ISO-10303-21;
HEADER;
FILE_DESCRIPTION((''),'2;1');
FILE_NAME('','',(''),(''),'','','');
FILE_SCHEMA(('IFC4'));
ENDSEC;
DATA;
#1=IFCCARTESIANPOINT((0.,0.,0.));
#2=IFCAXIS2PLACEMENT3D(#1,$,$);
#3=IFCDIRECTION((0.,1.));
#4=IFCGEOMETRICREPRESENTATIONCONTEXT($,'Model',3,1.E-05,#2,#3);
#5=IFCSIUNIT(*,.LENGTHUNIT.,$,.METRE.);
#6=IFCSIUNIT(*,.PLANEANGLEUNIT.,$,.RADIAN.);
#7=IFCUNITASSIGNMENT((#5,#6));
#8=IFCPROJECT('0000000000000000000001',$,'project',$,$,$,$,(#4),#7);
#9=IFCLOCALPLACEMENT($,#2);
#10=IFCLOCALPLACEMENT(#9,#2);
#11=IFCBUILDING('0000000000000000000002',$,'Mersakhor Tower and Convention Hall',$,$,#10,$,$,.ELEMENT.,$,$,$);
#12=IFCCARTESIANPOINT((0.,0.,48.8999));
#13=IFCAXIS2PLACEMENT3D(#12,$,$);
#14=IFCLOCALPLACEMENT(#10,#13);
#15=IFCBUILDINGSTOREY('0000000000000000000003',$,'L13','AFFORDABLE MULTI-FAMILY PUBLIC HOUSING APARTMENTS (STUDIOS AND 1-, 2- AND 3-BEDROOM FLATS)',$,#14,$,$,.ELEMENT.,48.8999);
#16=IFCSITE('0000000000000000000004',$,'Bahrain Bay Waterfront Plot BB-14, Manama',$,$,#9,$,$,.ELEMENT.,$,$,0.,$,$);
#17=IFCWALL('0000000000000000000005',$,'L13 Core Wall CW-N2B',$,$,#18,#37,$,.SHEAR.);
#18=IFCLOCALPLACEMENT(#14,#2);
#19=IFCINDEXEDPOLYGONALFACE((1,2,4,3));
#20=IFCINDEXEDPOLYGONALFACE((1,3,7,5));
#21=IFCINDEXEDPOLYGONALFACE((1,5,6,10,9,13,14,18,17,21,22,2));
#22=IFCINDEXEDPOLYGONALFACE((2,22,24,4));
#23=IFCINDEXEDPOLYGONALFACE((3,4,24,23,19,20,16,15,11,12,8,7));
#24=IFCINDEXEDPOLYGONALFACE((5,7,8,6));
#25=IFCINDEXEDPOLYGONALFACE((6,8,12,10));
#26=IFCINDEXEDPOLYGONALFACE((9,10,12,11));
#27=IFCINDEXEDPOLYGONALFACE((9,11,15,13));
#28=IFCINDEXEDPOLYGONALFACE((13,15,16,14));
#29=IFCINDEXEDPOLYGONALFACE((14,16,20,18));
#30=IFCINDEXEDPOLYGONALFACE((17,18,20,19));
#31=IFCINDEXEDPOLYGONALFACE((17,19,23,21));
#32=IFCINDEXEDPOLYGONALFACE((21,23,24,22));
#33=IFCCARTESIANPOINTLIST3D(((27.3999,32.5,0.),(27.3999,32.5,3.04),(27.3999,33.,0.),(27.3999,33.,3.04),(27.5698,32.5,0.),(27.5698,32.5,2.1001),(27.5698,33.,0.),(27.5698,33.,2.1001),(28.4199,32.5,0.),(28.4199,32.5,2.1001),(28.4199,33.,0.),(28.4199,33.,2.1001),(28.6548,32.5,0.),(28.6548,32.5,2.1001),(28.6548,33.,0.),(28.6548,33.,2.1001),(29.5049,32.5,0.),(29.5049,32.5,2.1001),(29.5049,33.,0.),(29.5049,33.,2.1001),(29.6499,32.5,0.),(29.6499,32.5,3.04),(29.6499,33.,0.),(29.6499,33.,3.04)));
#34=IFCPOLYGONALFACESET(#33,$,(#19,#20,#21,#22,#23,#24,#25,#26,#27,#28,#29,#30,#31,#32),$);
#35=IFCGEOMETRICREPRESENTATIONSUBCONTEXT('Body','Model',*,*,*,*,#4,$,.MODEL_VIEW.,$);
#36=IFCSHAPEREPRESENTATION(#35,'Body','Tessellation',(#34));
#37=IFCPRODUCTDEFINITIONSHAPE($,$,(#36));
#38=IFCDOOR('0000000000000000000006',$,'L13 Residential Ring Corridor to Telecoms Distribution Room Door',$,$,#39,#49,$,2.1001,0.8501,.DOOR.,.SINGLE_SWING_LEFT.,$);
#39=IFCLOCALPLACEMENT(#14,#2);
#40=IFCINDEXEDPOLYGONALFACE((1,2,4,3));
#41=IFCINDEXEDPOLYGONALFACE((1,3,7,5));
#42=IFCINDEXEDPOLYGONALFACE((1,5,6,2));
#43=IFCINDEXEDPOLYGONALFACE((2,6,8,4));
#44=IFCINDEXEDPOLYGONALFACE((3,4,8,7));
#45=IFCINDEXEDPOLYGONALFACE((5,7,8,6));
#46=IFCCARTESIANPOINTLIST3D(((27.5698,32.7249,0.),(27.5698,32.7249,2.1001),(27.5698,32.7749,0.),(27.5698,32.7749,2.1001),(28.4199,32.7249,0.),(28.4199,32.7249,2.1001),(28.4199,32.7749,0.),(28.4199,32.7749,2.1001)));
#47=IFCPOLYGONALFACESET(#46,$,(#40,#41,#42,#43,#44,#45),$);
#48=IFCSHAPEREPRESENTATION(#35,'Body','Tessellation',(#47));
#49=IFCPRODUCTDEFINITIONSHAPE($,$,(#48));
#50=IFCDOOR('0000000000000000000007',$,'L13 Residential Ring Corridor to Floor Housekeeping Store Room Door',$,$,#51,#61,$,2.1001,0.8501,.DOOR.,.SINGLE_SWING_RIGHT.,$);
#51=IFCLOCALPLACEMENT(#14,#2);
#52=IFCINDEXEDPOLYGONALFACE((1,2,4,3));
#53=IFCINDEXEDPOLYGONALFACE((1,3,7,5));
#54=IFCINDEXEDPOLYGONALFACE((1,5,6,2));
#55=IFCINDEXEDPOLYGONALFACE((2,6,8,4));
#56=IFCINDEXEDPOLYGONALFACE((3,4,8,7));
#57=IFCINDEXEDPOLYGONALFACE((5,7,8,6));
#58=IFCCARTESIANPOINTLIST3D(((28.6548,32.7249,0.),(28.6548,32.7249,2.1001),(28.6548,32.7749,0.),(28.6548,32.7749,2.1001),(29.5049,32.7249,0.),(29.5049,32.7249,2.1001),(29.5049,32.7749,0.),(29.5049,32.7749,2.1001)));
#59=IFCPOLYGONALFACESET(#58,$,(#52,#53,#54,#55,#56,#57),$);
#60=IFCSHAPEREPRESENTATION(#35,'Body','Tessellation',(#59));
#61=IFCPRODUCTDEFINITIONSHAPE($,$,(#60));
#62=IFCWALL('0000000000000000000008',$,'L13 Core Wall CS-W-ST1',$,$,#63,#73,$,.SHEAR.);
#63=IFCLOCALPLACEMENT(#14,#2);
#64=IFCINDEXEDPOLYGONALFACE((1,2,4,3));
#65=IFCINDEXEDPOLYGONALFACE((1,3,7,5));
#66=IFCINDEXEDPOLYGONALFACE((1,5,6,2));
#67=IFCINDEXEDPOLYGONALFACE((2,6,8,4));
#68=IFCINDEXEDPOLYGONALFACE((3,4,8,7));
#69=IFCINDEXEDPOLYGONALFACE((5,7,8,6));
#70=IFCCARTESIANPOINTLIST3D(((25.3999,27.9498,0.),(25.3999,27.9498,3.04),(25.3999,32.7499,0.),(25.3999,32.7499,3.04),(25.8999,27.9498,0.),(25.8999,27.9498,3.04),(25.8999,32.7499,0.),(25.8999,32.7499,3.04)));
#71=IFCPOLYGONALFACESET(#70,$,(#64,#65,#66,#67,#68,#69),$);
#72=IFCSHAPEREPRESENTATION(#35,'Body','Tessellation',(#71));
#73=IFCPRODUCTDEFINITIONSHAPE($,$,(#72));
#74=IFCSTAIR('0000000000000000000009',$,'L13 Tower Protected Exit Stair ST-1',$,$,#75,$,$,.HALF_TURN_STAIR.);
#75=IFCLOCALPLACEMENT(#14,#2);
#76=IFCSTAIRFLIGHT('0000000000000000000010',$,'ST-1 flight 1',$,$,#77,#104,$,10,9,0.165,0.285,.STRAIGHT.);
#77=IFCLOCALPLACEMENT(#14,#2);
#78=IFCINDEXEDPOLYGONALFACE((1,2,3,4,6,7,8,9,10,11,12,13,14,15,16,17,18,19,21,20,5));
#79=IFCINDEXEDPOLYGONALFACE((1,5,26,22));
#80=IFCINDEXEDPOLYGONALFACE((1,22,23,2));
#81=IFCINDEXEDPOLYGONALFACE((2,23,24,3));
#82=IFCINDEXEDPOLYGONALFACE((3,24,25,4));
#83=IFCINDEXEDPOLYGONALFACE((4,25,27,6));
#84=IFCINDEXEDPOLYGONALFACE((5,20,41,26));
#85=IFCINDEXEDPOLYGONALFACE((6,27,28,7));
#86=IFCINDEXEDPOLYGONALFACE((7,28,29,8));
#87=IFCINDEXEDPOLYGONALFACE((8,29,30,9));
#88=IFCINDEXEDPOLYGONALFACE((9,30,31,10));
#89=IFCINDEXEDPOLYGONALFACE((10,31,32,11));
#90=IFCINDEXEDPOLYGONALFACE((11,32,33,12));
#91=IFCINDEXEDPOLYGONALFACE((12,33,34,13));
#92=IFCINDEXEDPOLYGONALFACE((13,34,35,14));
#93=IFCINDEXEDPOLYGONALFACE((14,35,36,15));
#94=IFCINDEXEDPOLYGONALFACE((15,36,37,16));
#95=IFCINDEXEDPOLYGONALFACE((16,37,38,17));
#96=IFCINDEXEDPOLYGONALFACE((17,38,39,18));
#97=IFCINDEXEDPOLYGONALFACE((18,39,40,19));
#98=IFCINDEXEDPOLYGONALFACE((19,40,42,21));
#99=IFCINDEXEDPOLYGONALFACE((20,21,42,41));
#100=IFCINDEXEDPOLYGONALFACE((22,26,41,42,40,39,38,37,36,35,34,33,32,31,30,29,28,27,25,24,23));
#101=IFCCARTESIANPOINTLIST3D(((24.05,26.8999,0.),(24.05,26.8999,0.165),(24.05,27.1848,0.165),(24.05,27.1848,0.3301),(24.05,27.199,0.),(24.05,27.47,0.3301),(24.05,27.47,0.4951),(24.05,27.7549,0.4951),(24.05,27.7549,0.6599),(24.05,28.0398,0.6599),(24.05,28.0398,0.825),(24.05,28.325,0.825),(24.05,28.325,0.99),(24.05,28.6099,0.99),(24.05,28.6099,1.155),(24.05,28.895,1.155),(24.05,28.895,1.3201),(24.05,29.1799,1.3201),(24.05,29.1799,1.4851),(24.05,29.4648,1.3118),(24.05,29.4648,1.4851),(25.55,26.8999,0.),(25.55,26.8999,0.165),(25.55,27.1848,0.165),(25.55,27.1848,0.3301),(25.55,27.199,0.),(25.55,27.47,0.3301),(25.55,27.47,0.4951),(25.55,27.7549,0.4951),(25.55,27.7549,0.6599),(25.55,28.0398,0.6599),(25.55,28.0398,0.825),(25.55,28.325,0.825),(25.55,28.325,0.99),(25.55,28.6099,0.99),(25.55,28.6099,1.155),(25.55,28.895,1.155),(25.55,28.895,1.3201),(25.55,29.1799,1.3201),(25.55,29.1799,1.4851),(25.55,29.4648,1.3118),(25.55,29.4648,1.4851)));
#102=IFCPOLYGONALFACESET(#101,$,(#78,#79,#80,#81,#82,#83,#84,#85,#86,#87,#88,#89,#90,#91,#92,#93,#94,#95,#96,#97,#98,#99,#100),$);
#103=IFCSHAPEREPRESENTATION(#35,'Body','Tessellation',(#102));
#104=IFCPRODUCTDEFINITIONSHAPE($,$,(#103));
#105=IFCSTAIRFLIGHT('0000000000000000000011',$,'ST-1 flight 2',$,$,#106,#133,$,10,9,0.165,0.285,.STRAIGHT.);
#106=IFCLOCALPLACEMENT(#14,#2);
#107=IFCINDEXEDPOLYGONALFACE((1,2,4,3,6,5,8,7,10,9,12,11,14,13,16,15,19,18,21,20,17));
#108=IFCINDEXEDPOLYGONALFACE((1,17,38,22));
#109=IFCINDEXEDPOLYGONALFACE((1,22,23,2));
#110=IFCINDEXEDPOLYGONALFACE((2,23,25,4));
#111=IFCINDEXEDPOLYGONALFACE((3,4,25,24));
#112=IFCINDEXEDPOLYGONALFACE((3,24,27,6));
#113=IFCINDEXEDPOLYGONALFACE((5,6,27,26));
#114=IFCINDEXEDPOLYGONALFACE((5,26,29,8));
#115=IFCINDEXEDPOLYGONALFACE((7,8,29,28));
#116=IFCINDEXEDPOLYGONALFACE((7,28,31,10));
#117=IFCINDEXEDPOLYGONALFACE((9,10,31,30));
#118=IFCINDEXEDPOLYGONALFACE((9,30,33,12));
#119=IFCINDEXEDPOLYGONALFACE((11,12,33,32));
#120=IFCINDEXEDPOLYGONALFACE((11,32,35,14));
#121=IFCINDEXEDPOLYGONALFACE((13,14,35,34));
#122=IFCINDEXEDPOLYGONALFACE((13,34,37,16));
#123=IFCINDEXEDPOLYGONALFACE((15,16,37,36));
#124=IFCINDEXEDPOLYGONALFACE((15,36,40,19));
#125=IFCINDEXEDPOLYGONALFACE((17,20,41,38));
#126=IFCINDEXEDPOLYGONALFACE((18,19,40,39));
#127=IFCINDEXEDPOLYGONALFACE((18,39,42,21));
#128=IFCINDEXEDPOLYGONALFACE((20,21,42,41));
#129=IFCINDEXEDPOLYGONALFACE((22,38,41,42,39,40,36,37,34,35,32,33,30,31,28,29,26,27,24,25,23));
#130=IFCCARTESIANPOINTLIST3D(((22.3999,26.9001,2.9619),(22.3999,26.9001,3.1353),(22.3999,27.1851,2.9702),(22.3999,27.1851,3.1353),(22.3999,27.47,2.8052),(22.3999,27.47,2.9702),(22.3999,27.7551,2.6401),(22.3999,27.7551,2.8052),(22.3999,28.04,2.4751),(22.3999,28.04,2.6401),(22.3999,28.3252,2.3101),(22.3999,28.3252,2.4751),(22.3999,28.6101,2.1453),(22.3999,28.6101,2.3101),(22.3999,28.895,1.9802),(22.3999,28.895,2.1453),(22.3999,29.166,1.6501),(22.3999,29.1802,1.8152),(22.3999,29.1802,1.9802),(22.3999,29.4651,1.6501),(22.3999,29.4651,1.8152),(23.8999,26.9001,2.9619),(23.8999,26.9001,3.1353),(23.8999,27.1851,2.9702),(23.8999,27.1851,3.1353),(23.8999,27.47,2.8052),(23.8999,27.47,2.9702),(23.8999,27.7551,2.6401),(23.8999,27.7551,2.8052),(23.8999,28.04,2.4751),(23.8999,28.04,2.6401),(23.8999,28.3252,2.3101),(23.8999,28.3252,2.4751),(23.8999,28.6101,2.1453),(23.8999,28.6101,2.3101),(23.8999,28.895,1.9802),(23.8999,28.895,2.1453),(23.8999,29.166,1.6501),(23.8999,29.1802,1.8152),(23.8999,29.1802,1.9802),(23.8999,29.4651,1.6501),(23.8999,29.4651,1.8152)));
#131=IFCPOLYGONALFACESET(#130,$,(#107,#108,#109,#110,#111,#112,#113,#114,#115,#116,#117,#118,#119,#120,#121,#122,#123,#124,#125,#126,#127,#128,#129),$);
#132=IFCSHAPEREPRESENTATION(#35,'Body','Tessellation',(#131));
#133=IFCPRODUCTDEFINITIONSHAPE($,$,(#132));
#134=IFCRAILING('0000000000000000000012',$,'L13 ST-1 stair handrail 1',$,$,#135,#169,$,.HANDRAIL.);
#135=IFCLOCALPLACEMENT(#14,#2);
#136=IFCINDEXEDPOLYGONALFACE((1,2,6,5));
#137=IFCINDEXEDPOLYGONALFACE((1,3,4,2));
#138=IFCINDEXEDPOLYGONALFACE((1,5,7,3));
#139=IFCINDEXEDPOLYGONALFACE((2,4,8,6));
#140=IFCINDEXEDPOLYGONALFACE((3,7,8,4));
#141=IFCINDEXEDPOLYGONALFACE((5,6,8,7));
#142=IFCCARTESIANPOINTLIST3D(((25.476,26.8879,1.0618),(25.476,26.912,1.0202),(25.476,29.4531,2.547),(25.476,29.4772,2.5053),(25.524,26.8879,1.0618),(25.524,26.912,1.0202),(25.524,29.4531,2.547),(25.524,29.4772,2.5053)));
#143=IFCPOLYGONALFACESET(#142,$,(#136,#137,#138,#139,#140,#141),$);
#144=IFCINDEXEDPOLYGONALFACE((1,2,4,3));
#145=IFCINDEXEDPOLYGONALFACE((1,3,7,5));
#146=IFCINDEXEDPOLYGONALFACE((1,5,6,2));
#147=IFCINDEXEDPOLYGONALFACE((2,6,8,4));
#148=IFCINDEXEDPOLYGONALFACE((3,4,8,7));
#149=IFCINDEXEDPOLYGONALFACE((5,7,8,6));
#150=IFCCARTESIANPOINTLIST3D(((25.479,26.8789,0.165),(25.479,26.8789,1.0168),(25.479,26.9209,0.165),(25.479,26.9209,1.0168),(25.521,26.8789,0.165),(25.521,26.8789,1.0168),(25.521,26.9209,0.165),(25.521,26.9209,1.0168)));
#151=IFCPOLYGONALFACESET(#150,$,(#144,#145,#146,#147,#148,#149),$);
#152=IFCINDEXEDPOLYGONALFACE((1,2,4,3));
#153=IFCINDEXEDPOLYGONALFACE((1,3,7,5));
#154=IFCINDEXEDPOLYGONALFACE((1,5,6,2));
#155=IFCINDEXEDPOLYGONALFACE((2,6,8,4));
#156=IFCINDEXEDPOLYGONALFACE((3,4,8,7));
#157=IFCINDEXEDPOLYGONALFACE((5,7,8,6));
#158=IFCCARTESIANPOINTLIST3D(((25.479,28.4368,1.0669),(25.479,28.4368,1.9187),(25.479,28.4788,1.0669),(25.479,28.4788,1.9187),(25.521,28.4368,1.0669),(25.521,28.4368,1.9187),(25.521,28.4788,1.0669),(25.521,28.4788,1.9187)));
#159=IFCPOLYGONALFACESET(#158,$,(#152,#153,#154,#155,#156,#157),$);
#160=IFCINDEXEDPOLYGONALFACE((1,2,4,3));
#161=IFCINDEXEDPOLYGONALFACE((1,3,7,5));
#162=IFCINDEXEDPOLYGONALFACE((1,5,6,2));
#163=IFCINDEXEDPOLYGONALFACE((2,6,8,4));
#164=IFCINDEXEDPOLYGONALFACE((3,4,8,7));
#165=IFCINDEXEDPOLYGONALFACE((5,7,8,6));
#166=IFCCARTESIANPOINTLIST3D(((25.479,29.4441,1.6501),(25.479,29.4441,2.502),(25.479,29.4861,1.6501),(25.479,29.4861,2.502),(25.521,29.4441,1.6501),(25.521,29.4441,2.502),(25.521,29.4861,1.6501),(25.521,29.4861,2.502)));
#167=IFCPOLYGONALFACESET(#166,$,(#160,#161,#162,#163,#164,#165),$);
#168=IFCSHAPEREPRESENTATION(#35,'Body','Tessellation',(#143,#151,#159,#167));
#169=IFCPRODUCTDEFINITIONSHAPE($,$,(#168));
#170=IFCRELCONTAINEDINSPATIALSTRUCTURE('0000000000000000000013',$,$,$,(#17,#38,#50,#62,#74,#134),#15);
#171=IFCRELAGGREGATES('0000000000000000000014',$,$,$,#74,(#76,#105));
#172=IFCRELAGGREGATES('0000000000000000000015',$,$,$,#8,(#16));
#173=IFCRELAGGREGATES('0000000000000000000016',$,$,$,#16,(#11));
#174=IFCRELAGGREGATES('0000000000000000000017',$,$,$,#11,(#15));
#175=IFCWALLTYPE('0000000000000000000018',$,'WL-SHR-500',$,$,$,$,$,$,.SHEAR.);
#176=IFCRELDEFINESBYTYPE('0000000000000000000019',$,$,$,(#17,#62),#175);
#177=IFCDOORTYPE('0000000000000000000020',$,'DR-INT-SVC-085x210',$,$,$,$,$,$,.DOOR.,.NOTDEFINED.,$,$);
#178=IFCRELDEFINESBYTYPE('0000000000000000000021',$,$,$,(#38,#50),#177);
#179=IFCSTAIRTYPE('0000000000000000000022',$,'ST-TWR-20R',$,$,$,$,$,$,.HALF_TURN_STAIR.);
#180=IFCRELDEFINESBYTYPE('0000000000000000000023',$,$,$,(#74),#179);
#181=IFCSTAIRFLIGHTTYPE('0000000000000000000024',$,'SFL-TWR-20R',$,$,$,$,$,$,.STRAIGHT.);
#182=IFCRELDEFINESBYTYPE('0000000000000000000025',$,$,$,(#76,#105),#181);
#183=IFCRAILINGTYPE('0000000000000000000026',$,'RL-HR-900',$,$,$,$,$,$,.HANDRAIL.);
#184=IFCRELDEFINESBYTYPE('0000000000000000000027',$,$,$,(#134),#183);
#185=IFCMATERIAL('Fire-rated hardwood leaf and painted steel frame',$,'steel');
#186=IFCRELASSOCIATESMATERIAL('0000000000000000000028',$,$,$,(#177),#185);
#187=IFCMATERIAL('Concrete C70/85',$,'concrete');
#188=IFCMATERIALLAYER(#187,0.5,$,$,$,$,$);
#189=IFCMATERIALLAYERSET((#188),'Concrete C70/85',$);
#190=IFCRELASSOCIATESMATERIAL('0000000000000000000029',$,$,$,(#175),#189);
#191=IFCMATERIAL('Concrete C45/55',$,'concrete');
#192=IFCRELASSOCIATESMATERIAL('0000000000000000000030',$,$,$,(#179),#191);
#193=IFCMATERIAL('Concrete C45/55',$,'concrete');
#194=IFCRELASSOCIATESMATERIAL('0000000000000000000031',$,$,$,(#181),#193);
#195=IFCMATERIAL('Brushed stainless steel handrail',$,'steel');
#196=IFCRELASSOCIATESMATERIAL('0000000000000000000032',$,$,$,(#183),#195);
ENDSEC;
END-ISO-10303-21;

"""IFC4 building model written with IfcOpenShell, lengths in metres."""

from ifc_helpers import new_model, si_unit, direction, frame, frame_2d, origin, origin_2d, place, context, subcontext, project, spatial, polyline, rectangle, outline, extrude, material, layer, layer_set, type_object, element, fill, aggregate, save


model = new_model("IFC4")

# Units and contexts
model_context = context("Model", 3, precision=1e-05, world=origin(), true_north=direction((0.0, 1.0)))
body_context = subcontext(model_context, "Body", "Model", "MODEL_VIEW")
ifc_project = project(units=[si_unit("LENGTHUNIT", "METRE"), si_unit("PLANEANGLEUNIT", "RADIAN")], contexts=[model_context])

# Site, building, storey
site_placement = place(None, origin())
site = spatial("IfcSite", under=ifc_project, at=site_placement, Name="Bahrain Bay Waterfront Plot BB-14, Manama", CompositionType="ELEMENT", RefElevation=0.0)
building_placement = place(site_placement, origin())
building = spatial("IfcBuilding", under=site, at=building_placement, Name="Mersakhor Tower and Convention Hall", CompositionType="ELEMENT")
storey_placement = place(building_placement, frame((0.0, 0.0, 48.8999)))
storey = spatial("IfcBuildingStorey", under=building, at=storey_placement, Name="L13", Description="AFFORDABLE MULTI-FAMILY PUBLIC HOUSING APARTMENTS (STUDIOS AND 1-, 2- AND 3-BEDROOM FLATS)", CompositionType="ELEMENT", Elevation=48.8999)

# Shared definitions
ifc_material_1 = material(Name="Fire-rated hardwood leaf and painted steel frame", Category="steel")
door_type_1 = type_object("IfcDoorType", Name="DR-INT-SVC-085x210", OperationType="NOTDEFINED", PredefinedType="DOOR", material=ifc_material_1)

# Shared definitions
ifc_material_2 = material(Name="Concrete C70/85", Category="concrete")
ifc_layer_1 = layer(ifc_material_2, 0.5)
ifc_layer_set_1 = layer_set([ifc_layer_1], Name="Concrete C70/85")
wall_type_1 = type_object("IfcWallType", Name="WL-SHR-500", PredefinedType="SHEAR", material=ifc_layer_set_1)

# Wall, openings, doors
wall_1_placement = place(storey_placement, frame((27.3999, 32.75, 0.0), z_axis=(0.0, 0.0, 1.0), x_axis=(1.0, 0.0, 0.0)))
wall_1 = element("IfcWall", 1, at=wall_1_placement, inside=storey, type_object=wall_type_1, Name="L13 Core Wall CW-N2B", PredefinedType="SHEAR", context=body_context, shape_type="SweptSolid", body=[
    extrude(rectangle(XDim=2.25, YDim=0.5, at=frame_2d((1.125, 0.0))), origin(), (0.0, 0.0, 1.0), 3.04),
])
opening_1_placement = place(wall_1_placement, frame((0.1699, 0.0, 0.0)))
opening_1 = element("IfcOpeningElement", 2, at=opening_1_placement, cuts=wall_1, PredefinedType="OPENING", context=body_context, shape_type="SweptSolid", body=[
    extrude(rectangle(XDim=0.8501, YDim=2.1001, at=frame_2d((0.425, 1.05))), frame((0.0, 0.26, 0.0), z_axis=(0.0, -1.0, 0.0), x_axis=(1.0, 0.0, 0.0)), (0.0, 0.0, 1.0), 0.52),
])
opening_2_placement = place(wall_1_placement, frame((1.2549, 0.0, 0.0)))
opening_2 = element("IfcOpeningElement", 3, at=opening_2_placement, cuts=wall_1, PredefinedType="OPENING", context=body_context, shape_type="SweptSolid", body=[
    extrude(rectangle(XDim=0.8501, YDim=2.1001, at=frame_2d((0.425, 1.05))), frame((0.0, 0.26, 0.0), z_axis=(0.0, -1.0, 0.0), x_axis=(1.0, 0.0, 0.0)), (0.0, 0.0, 1.0), 0.52),
])
door_1_placement = place(opening_1_placement, origin())
door_1 = element("IfcDoor", 4, at=door_1_placement, inside=storey, type_object=door_type_1, Name="L13 Residential Ring Corridor to Telecoms Distribution Room Door", OperationType="SINGLE_SWING_LEFT", OverallHeight=2.1001, OverallWidth=0.8501, PredefinedType="DOOR", context=body_context, shape_type="SweptSolid", body=[
    extrude(rectangle(XDim=0.8501, YDim=2.1001, at=frame_2d((0.425, 1.05))), frame((0.0, 0.0249, 0.0), z_axis=(0.0, -1.0, 0.0), x_axis=(1.0, 0.0, 0.0)), (0.0, 0.0, 1.0), 0.05),
])
fill(opening_1, door_1)
door_2_placement = place(opening_2_placement, origin())
door_2 = element("IfcDoor", 5, at=door_2_placement, inside=storey, type_object=door_type_1, Name="L13 Residential Ring Corridor to Floor Housekeeping Store Room Door", OperationType="SINGLE_SWING_RIGHT", OverallHeight=2.1001, OverallWidth=0.8501, PredefinedType="DOOR", context=body_context, shape_type="SweptSolid", body=[
    extrude(rectangle(XDim=0.8501, YDim=2.1001, at=frame_2d((0.425, 1.05))), frame((0.0, 0.0249, 0.0), z_axis=(0.0, -1.0, 0.0), x_axis=(1.0, 0.0, 0.0)), (0.0, 0.0, 1.0), 0.05),
])
fill(opening_2, door_2)

# Wall
wall_2_placement = place(storey_placement, frame((25.6499, 27.95, 0.0), z_axis=(0.0, 0.0, 1.0), x_axis=(0.0, 1.0, 0.0)))
element("IfcWall", 6, at=wall_2_placement, inside=storey, type_object=wall_type_1, Name="L13 Core Wall CS-W-ST1", PredefinedType="SHEAR", context=body_context, shape_type="SweptSolid", body=[
    extrude(rectangle(XDim=4.8, YDim=0.5, at=frame_2d((2.3999, 0.0))), origin(), (0.0, 0.0, 1.0), 3.04),
])

# Stair, stair flights
ifc_material_3 = material(Name="Concrete C45/55", Category="concrete")
stair_type = type_object("IfcStairType", Name="ST-TWR-20R", PredefinedType="HALF_TURN_STAIR", material=ifc_material_3)
stair_placement = place(storey_placement, origin())
stair = element("IfcStair", 7, at=stair_placement, inside=storey, type_object=stair_type, Name="L13 Tower Protected Exit Stair ST-1", PredefinedType="HALF_TURN_STAIR")
ifc_material_4 = material(Name="Concrete C45/55", Category="concrete")
stair_flight_type = type_object("IfcStairFlightType", Name="SFL-TWR-20R", PredefinedType="STRAIGHT", material=ifc_material_4)
stair_flight_1_placement = place(storey_placement, frame((24.8, 26.8999, 0.0), z_axis=(0.0, 0.0, 1.0), x_axis=(0.0, 1.0, 0.0)))
stair_flight_1 = element("IfcStairFlight", 8, at=stair_flight_1_placement, type_object=stair_flight_type, Name="ST-1 flight 1", NumberOfRisers=10, NumberOfTreads=9, PredefinedType="STRAIGHT", RiserHeight=0.165, TreadLength=0.285, context=body_context, shape_type="SweptSolid", body=[
    extrude(outline(polyline([(0.0, 0.0), (0.0, 0.165), (0.2849, 0.165), (0.2849, 0.3301), (0.5701, 0.3301), (0.5701, 0.4951), (0.855, 0.4951), (0.855, 0.6599), (1.1399, 0.6599), (1.1399, 0.825), (1.425, 0.825), (1.425, 0.99), (1.71, 0.99), (1.71, 1.155), (1.9951, 1.155), (1.9951, 1.3201), (2.28, 1.3201), (2.28, 1.4851), (2.5649, 1.4851), (2.5649, 1.6499), (2.5649, 1.3118), (0.2991, 0.0), (0.0, 0.0)])), frame((0.0, 0.75, 0.0), z_axis=(0.0, -1.0, 0.0), x_axis=(1.0, 0.0, 0.0)), (0.0, 0.0, 1.0), 1.5),
])
stair_flight_2_placement = place(storey_placement, frame((23.1499, 29.4651, 1.6501), z_axis=(0.0, 0.0, 1.0), x_axis=(0.0, -1.0, 0.0)))
stair_flight_2 = element("IfcStairFlight", 9, at=stair_flight_2_placement, type_object=stair_flight_type, Name="ST-1 flight 2", NumberOfRisers=10, NumberOfTreads=9, PredefinedType="STRAIGHT", RiserHeight=0.165, TreadLength=0.285, context=body_context, shape_type="SweptSolid", body=[
    extrude(outline(polyline([(0.0, 0.0), (0.0, 0.165), (0.2849, 0.165), (0.2849, 0.3301), (0.5701, 0.3301), (0.5701, 0.4951), (0.855, 0.4951), (0.855, 0.6599), (1.1399, 0.6599), (1.1399, 0.825), (1.425, 0.825), (1.425, 0.99), (1.71, 0.99), (1.71, 1.155), (1.9951, 1.155), (1.9951, 1.3201), (2.28, 1.3201), (2.28, 1.4851), (2.5649, 1.4851), (2.5649, 1.6499), (2.5649, 1.3118), (0.2991, 0.0), (0.0, 0.0)])), frame((0.0, 0.75, 0.0), z_axis=(0.0, -1.0, 0.0), x_axis=(1.0, 0.0, 0.0)), (0.0, 0.0, 1.0), 1.5),
])
aggregate(stair, [stair_flight_1, stair_flight_2])

# Railing
ifc_material_5 = material(Name="Brushed stainless steel handrail", Category="steel")
railing_type_1 = type_object("IfcRailingType", Name="RL-HR-900", PredefinedType="HANDRAIL", material=ifc_material_5)
railing_1_placement = place(storey_placement, frame((25.5, 26.8999, 0.165)))
element("IfcRailing", 10, at=railing_1_placement, inside=storey, type_object=railing_type_1, Name="L13 ST-1 stair handrail 1", PredefinedType="HANDRAIL", context=body_context, shape_type="SweptSolid", body=[
    extrude(rectangle(XDim=0.0481, YDim=0.0481, at=origin_2d()), frame((0.0, 0.0, 0.876), z_axis=(0.0, 0.865426, 0.501036), x_axis=(-1.0, 0.0, 0.0)), (0.0, 0.0, 1.0), 2.9641),
    extrude(rectangle(XDim=0.042, YDim=0.042, at=origin_2d()), origin(), (0.0, 0.0, 1.0), 0.8518),
    extrude(rectangle(XDim=0.042, YDim=0.042, at=origin_2d()), frame((0.0, 1.5579, 0.9019)), (0.0, 0.0, 1.0), 0.8518),
    extrude(rectangle(XDim=0.042, YDim=0.042, at=origin_2d()), frame((0.0, 2.5652, 1.4851)), (0.0, 0.0, 1.0), 0.8518),
])

save(model, "model.ifc")
